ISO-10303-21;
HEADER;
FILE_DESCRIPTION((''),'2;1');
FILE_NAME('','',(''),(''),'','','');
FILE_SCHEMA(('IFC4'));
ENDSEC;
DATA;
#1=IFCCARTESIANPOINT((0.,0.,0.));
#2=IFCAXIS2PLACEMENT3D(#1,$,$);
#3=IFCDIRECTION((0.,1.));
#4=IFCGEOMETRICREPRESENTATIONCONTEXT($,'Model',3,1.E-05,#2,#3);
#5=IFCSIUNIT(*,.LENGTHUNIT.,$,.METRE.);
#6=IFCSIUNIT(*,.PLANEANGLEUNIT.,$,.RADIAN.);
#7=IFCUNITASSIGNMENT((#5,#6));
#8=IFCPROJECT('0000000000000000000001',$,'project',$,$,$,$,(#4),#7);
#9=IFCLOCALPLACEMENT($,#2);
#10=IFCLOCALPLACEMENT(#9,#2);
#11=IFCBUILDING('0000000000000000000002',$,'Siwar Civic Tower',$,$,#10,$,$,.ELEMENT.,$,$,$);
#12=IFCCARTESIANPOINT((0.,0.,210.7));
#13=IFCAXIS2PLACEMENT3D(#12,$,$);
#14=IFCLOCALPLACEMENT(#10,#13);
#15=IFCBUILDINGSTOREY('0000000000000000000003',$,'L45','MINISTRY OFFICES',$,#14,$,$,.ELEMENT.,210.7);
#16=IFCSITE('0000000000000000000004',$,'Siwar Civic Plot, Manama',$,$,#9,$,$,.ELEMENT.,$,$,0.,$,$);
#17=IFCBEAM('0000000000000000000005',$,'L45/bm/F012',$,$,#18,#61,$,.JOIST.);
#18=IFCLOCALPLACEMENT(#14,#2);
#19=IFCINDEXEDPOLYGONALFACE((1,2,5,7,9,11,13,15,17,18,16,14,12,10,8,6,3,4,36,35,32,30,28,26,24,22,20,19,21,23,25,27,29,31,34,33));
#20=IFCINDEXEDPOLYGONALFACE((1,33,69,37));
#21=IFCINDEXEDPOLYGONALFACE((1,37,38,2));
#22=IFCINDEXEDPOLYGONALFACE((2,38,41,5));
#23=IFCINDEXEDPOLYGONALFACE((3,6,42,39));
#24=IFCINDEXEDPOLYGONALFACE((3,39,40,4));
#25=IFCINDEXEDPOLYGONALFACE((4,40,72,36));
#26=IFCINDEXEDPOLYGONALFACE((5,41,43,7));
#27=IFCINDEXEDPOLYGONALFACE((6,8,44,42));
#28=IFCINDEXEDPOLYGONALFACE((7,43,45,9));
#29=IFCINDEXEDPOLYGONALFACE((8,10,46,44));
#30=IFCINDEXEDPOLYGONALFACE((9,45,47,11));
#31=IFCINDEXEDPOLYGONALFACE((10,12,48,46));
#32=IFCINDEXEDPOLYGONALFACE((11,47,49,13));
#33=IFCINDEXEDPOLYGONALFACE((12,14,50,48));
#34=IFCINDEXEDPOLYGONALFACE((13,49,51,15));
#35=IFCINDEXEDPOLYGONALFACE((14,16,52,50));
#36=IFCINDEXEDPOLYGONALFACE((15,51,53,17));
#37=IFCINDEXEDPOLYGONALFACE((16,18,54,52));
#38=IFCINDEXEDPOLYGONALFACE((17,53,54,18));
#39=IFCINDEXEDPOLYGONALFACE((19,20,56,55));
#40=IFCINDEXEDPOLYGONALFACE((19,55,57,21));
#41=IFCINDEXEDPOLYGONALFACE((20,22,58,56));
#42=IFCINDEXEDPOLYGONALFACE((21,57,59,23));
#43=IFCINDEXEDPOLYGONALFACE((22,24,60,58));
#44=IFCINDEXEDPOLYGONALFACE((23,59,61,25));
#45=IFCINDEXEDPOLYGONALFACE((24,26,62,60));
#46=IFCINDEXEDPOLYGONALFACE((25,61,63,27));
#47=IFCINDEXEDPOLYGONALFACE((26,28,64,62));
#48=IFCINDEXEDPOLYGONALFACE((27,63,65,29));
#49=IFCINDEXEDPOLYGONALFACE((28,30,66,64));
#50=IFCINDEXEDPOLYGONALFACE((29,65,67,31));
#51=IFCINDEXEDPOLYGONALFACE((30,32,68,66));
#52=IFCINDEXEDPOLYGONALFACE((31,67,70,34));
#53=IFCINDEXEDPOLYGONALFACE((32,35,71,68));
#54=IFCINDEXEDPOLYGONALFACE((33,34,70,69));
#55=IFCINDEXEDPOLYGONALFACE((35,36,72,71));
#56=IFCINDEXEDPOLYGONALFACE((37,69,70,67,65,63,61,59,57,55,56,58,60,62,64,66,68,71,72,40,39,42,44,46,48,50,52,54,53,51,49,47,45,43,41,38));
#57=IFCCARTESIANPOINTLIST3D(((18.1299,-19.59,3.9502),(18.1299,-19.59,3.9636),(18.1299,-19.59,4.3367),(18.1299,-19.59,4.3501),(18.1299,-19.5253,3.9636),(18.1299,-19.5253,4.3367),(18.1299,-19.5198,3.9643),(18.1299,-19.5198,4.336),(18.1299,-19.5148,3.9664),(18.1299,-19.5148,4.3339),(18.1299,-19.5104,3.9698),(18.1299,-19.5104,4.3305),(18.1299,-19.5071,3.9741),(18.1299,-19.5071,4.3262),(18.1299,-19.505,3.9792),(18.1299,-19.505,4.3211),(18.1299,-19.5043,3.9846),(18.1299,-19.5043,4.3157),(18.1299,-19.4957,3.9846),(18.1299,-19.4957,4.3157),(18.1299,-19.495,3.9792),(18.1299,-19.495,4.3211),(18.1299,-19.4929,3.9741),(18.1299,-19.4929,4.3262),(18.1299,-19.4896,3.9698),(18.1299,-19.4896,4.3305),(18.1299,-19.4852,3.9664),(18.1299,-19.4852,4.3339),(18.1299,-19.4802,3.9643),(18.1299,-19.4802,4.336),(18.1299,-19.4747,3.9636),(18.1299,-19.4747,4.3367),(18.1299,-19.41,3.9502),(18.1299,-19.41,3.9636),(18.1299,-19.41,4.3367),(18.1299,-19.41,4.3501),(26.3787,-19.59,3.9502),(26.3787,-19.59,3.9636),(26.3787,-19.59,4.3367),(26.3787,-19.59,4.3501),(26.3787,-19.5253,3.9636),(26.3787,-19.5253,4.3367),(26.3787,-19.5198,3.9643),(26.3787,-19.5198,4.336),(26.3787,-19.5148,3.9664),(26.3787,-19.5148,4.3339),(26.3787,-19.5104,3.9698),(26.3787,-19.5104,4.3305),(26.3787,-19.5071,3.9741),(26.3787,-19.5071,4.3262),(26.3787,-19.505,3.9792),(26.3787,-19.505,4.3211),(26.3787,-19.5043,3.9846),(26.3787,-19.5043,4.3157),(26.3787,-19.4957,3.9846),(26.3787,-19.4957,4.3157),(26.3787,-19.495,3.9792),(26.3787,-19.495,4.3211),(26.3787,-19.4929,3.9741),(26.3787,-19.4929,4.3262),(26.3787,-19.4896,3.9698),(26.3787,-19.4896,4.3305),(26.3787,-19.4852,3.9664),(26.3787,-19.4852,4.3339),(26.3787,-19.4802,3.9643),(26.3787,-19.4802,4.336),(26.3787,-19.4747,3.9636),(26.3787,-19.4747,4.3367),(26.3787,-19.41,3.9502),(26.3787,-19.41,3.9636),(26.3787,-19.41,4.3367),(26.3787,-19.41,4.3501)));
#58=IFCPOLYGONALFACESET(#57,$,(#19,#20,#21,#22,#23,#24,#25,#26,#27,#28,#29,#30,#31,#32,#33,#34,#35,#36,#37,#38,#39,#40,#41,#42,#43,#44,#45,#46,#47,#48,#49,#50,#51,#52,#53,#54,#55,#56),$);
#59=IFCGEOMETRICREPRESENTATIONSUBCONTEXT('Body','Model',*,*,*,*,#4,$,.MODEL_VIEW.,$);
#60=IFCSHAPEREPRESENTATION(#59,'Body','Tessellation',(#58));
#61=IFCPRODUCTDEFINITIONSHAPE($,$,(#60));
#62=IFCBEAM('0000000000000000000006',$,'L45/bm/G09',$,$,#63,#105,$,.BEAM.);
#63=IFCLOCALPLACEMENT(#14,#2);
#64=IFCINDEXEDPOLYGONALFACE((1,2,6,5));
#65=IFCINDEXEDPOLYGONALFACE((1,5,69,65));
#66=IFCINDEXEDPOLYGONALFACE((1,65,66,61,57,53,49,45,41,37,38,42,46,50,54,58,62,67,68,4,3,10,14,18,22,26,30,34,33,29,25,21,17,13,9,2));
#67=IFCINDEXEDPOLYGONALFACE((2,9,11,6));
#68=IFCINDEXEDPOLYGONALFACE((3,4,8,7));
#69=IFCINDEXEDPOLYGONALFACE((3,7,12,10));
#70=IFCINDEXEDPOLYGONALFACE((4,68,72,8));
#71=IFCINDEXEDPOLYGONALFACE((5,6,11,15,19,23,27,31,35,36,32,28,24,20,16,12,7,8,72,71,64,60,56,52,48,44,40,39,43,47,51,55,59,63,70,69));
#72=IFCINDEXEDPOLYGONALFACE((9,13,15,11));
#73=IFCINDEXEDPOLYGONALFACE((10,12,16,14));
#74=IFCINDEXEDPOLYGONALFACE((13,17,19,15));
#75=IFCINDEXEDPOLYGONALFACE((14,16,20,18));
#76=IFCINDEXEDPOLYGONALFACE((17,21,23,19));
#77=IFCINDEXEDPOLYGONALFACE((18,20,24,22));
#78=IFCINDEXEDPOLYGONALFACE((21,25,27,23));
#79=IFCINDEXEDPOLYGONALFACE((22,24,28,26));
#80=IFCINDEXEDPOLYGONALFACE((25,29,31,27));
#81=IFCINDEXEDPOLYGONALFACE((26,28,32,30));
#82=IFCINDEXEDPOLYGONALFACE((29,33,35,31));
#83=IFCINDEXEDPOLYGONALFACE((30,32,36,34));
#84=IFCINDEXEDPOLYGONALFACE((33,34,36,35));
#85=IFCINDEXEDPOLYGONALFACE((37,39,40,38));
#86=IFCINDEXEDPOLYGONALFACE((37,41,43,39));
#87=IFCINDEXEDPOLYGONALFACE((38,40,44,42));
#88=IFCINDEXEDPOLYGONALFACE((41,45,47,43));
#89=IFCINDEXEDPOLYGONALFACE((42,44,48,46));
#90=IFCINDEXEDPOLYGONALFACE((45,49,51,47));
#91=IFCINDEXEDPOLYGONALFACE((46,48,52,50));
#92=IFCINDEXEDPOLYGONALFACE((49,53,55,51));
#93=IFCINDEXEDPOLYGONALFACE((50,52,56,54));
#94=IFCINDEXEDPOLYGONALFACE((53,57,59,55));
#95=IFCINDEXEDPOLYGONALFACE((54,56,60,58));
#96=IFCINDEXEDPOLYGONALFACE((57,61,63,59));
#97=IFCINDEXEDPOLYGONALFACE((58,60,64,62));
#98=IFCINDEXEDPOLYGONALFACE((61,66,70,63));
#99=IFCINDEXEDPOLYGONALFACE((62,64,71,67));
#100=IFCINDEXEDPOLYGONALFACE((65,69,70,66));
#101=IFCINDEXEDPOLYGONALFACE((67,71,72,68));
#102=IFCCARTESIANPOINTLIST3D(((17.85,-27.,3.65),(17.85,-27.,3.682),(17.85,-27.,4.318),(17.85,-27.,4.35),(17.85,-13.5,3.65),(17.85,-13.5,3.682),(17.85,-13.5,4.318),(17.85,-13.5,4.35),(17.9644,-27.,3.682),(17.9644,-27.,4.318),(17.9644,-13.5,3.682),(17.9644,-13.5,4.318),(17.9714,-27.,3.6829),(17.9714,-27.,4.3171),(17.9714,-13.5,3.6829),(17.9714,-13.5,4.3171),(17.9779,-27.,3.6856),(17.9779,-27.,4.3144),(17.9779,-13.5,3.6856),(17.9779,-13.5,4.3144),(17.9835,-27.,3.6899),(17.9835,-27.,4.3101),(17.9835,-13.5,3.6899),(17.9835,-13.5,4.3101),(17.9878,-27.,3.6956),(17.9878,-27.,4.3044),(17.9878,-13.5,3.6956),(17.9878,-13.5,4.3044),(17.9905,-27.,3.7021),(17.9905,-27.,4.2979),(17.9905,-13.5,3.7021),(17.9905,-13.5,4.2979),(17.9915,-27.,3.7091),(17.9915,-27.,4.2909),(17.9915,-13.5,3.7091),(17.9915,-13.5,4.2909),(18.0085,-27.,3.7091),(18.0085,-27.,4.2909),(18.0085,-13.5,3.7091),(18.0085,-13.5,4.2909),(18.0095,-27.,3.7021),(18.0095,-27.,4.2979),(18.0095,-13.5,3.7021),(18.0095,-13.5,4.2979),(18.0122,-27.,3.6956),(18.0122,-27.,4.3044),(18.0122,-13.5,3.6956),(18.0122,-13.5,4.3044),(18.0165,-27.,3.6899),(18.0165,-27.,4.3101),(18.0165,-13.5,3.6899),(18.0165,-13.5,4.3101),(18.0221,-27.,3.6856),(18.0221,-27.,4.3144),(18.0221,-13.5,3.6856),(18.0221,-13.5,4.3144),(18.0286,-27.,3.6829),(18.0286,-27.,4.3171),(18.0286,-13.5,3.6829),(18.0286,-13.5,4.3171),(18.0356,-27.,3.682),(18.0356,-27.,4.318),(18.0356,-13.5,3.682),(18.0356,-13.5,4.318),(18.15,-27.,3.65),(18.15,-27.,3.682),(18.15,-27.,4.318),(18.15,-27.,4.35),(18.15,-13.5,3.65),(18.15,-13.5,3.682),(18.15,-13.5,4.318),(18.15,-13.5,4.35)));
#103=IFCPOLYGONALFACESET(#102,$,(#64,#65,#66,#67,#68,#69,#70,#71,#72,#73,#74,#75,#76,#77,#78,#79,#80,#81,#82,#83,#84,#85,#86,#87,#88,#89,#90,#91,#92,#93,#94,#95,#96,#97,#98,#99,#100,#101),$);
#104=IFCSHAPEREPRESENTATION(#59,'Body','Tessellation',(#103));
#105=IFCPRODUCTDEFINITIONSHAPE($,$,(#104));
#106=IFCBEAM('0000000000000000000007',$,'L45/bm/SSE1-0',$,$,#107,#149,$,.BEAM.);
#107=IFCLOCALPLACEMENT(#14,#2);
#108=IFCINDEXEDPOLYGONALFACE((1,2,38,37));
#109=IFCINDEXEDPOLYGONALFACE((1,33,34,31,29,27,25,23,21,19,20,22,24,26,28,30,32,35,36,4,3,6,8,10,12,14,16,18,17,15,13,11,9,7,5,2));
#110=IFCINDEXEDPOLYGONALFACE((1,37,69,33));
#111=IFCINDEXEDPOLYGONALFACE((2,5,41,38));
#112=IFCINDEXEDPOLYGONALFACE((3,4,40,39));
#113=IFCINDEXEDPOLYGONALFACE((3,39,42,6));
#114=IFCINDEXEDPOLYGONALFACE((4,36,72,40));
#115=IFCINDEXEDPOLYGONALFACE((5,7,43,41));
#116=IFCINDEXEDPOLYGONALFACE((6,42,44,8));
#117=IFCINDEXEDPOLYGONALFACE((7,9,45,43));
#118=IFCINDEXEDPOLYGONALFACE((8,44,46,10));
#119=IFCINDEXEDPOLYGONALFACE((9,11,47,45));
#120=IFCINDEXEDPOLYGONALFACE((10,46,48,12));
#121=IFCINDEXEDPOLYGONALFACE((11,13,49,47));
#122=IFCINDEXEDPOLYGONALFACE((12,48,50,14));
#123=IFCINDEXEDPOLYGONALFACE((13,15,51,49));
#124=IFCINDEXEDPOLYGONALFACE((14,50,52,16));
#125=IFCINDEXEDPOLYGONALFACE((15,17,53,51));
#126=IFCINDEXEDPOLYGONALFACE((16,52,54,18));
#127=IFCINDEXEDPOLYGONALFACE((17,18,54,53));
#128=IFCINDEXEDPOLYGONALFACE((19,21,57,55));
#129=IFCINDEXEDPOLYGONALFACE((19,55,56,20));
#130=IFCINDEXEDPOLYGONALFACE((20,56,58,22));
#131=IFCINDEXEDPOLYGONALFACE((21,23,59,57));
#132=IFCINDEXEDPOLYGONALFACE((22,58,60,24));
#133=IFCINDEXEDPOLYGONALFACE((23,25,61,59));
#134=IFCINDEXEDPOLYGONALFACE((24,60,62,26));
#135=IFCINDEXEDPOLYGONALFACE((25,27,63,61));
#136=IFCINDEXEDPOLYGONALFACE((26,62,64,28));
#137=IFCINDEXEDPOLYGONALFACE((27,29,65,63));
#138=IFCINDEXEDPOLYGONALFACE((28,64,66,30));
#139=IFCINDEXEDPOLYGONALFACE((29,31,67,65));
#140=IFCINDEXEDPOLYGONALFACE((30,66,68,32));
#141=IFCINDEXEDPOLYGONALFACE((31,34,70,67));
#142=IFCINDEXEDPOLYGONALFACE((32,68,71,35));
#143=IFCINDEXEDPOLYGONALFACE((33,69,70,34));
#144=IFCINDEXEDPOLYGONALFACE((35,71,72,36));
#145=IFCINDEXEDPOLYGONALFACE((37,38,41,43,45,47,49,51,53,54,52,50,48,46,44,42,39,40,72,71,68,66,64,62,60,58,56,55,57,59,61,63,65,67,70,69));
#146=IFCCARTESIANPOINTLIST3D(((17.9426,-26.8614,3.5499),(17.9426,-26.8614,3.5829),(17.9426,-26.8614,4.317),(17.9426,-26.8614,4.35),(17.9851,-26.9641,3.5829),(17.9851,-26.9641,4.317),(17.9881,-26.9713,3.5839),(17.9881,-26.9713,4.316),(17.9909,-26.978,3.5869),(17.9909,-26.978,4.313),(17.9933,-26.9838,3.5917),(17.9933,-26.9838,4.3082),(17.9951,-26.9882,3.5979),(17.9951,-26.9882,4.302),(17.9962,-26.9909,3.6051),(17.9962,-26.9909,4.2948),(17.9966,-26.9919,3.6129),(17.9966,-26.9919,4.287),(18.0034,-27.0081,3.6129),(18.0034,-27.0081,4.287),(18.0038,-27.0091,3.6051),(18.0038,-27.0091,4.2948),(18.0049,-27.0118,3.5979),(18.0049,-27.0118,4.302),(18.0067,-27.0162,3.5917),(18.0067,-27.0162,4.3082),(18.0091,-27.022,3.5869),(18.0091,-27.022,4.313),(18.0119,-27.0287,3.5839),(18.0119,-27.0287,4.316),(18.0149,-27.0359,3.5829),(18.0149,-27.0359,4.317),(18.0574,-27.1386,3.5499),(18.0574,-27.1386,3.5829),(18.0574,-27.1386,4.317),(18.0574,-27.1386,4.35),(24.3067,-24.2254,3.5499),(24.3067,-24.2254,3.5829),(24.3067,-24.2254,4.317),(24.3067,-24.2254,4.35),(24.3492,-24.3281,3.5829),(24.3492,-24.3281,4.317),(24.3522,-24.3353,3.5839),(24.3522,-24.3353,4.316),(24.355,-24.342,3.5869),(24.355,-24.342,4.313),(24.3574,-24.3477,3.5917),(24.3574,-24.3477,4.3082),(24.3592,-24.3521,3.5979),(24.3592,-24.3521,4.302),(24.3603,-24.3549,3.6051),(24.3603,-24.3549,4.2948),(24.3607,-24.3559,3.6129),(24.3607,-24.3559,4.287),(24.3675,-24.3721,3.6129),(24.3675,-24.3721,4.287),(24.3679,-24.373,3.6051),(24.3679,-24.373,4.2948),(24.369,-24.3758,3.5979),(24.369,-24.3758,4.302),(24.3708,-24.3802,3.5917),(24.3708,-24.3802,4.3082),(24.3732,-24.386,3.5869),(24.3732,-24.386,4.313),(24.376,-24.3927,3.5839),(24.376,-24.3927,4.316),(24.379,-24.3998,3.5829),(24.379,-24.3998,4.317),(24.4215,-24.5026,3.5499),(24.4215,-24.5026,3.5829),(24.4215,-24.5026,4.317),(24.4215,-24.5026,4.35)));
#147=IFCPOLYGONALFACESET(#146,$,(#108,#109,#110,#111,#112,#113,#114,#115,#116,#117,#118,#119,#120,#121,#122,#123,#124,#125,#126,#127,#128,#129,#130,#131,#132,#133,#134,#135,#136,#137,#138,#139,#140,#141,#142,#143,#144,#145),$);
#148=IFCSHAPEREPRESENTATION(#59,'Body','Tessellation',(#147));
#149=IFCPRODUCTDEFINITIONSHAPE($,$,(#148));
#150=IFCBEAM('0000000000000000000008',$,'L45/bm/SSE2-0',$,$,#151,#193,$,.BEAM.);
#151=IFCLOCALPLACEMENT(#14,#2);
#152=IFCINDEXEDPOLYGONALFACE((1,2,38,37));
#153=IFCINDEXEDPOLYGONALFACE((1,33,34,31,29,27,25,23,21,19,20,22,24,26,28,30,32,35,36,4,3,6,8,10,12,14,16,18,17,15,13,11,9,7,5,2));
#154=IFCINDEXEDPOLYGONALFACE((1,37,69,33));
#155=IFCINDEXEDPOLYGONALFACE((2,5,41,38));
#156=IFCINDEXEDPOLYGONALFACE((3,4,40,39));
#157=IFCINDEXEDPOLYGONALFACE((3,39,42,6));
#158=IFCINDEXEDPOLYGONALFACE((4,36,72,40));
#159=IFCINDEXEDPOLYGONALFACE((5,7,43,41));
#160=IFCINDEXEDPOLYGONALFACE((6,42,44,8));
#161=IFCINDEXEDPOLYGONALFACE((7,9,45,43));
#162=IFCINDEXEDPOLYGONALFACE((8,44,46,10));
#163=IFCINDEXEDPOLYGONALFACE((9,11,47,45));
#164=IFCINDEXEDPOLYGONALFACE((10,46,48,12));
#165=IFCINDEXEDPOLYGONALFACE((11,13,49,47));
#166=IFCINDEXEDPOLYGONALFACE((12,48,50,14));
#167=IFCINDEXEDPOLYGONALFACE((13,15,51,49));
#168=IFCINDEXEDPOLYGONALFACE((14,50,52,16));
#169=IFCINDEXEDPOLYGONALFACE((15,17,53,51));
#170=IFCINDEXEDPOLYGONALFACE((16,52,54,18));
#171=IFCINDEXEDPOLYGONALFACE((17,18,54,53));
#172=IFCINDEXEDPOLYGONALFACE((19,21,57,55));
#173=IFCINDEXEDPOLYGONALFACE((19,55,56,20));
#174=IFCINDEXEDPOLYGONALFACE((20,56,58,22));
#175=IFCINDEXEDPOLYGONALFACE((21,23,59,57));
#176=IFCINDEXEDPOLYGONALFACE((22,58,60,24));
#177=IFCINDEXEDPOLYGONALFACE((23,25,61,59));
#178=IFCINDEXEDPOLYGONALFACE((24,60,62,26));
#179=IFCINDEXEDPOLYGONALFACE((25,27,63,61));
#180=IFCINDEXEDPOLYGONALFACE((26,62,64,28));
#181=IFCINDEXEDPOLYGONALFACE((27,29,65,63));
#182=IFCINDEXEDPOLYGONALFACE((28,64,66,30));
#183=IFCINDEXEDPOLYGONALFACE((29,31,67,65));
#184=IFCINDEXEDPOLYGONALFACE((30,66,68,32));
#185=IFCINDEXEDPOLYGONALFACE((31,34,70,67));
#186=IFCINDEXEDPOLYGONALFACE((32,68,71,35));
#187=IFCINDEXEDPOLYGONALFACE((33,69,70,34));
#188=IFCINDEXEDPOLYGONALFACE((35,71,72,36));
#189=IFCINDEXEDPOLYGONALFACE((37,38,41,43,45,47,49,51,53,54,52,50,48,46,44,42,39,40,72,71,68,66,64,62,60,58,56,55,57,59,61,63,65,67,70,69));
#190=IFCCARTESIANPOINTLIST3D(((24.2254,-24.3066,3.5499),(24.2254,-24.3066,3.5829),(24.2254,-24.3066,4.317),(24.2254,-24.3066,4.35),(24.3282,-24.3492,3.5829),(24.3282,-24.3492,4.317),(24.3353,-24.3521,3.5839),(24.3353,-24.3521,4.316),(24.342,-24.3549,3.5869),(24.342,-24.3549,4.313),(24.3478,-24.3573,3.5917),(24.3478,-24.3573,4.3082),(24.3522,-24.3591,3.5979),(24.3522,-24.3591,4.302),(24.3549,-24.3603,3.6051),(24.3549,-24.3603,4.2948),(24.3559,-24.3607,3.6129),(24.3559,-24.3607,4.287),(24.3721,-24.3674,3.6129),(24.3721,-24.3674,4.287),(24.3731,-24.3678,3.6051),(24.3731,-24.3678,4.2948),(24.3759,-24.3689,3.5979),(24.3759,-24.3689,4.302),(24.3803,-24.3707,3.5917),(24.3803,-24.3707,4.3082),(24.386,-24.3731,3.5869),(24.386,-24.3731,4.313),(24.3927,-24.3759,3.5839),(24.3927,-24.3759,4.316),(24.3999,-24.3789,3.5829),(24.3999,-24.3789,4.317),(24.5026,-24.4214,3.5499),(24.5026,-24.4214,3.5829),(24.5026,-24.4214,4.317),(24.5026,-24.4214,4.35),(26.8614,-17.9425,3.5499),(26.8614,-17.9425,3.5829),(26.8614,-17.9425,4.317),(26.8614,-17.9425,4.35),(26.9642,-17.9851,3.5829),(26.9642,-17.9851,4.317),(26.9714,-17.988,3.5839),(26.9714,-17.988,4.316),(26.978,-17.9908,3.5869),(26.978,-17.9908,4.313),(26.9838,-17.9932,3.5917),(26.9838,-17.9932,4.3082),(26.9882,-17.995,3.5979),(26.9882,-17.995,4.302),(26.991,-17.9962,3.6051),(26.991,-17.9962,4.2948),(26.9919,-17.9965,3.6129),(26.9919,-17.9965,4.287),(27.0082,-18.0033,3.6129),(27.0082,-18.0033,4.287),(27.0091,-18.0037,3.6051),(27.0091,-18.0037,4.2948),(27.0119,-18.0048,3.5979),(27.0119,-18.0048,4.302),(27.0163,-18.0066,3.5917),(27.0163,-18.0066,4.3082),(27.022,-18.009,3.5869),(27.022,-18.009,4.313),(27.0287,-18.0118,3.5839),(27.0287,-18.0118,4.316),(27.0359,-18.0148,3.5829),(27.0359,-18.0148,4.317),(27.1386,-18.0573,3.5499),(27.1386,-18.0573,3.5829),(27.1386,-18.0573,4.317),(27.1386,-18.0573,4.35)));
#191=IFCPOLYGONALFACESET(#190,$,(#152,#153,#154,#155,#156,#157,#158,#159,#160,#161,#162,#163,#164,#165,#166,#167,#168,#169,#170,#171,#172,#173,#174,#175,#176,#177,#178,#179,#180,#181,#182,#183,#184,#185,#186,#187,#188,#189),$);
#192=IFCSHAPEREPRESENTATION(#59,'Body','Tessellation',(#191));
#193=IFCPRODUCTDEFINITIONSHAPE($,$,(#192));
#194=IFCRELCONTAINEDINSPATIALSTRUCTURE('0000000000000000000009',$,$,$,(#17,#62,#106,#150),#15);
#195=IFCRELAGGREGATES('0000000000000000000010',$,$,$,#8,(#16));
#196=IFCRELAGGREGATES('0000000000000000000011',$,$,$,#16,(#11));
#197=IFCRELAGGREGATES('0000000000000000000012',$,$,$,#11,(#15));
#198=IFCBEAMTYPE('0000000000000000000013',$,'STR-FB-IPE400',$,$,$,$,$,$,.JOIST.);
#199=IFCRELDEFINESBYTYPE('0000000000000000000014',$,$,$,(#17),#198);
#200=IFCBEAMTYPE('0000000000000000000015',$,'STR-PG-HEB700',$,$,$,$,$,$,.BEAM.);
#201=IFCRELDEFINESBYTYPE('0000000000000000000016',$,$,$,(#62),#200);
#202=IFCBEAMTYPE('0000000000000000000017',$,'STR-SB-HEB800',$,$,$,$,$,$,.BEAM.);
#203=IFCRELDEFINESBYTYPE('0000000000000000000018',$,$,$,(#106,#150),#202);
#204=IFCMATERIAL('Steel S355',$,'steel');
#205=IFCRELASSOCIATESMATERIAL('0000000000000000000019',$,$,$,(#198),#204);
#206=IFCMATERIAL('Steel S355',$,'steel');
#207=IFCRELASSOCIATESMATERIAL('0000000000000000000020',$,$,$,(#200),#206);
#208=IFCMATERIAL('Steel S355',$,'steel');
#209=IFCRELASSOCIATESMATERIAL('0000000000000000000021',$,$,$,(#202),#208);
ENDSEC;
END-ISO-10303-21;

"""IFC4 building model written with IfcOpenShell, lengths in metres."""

from ifc_helpers import new_model, si_unit, direction, frame, origin, origin_2d, place, context, subcontext, project, spatial, i_section, extrude, material, material_profile, profile_set, type_object, element, save


model = new_model("IFC4")

# Units and contexts
model_context = context("Model", 3, precision=1e-05, world=origin(), true_north=direction((0.0, 1.0)))
body_context = subcontext(model_context, "Body", "Model", "MODEL_VIEW")
ifc_project = project(units=[si_unit("LENGTHUNIT", "METRE"), si_unit("PLANEANGLEUNIT", "RADIAN")], contexts=[model_context])

# Site, building, storey
site_placement = place(None, origin())
site = spatial("IfcSite", under=ifc_project, at=site_placement, Name="Siwar Civic Plot, Manama", CompositionType="ELEMENT", RefElevation=0.0)
building_placement = place(site_placement, origin())
building = spatial("IfcBuilding", under=site, at=building_placement, Name="Siwar Civic Tower", CompositionType="ELEMENT")
storey_placement = place(building_placement, frame((0.0, 0.0, 210.7)))
storey = spatial("IfcBuildingStorey", under=building, at=storey_placement, Name="L45", Description="MINISTRY OFFICES", CompositionType="ELEMENT", Elevation=210.7)

# Beams
ifc_material_1 = material(Name="Steel S355", Category="steel")
ifc_material_profile_1 = material_profile(ifc_material_1, i_section(OverallWidth=0.1799, OverallDepth=0.3999, WebThickness=0.0085, FlangeThickness=0.0134, FilletRadius=0.021, at=origin_2d()), Name="IPE400")
ifc_profile_set_1 = profile_set([ifc_material_profile_1], Name="Steel S355")
beam_type_1 = type_object("IfcBeamType", Name="STR-FB-IPE400", PredefinedType="JOIST", material=ifc_profile_set_1)
beam_1_placement = place(storey_placement, frame((18.1299, -19.5, 4.1501), z_axis=(1.0, 0.0, 0.0), x_axis=(0.0, 1.0, 0.0)))
element("IfcBeam", 1, at=beam_1_placement, inside=storey, type_object=beam_type_1, Name="L45/bm/F012", PredefinedType="JOIST", context=body_context, shape_type="SweptSolid", body=[
    extrude(i_section(OverallWidth=0.1799, OverallDepth=0.3999, WebThickness=0.0085, FlangeThickness=0.0134, FilletRadius=0.021, at=origin_2d()), origin(), (0.0, 0.0, 1.0), 8.2488),
])
ifc_material_2 = material(Name="Steel S355", Category="steel")
ifc_material_profile_2 = material_profile(ifc_material_2, i_section(OverallWidth=0.3, OverallDepth=0.7, WebThickness=0.0171, FlangeThickness=0.032, FilletRadius=0.0271, at=origin_2d()), Name="HEB700")
ifc_profile_set_2 = profile_set([ifc_material_profile_2], Name="Steel S355")
beam_type_2 = type_object("IfcBeamType", Name="STR-PG-HEB700", PredefinedType="BEAM", material=ifc_profile_set_2)
beam_2_placement = place(storey_placement, frame((18.0, -27.0, 4.0), z_axis=(0.0, 1.0, 0.0), x_axis=(-1.0, 0.0, 0.0)))
element("IfcBeam", 2, at=beam_2_placement, inside=storey, type_object=beam_type_2, Name="L45/bm/G09", PredefinedType="BEAM", context=body_context, shape_type="SweptSolid", body=[
    extrude(i_section(OverallWidth=0.3, OverallDepth=0.7, WebThickness=0.0171, FlangeThickness=0.032, FilletRadius=0.0271, at=origin_2d()), origin(), (0.0, 0.0, 1.0), 13.5),
])
ifc_material_3 = material(Name="Steel S355", Category="steel")
ifc_material_profile_3 = material_profile(ifc_material_3, i_section(OverallWidth=0.3, OverallDepth=0.8, WebThickness=0.0176, FlangeThickness=0.033, FilletRadius=0.03, at=origin_2d()), Name="HEB800")
ifc_profile_set_3 = profile_set([ifc_material_profile_3], Name="Steel S355")
beam_type_3 = type_object("IfcBeamType", Name="STR-SB-HEB800", PredefinedType="BEAM", material=ifc_profile_set_3)
for number, where, z_axis, x_axis, name in (
    (3, (18.0, -27.0, 3.95), (0.923883, 0.382674, 0.0), (-0.382674, 0.923883, 0.0), "L45/bm/SSE1-0"),
    (4, (24.364, -24.364, 3.95), (0.382674, 0.923883, 0.0), (-0.923883, 0.382674, 0.0), "L45/bm/SSE2-0"),
):
    element("IfcBeam", number, at=place(storey_placement, frame(where, z_axis=z_axis, x_axis=x_axis)), inside=storey, type_object=beam_type_3, Name=name, PredefinedType="BEAM", context=body_context, shape_type="SweptSolid", body=[
        extrude(i_section(OverallWidth=0.3, OverallDepth=0.8, WebThickness=0.0176, FlangeThickness=0.033, FilletRadius=0.03, at=origin_2d()), origin(), (0.0, 0.0, 1.0), 6.8884),
    ])

save(model, "model.ifc")
